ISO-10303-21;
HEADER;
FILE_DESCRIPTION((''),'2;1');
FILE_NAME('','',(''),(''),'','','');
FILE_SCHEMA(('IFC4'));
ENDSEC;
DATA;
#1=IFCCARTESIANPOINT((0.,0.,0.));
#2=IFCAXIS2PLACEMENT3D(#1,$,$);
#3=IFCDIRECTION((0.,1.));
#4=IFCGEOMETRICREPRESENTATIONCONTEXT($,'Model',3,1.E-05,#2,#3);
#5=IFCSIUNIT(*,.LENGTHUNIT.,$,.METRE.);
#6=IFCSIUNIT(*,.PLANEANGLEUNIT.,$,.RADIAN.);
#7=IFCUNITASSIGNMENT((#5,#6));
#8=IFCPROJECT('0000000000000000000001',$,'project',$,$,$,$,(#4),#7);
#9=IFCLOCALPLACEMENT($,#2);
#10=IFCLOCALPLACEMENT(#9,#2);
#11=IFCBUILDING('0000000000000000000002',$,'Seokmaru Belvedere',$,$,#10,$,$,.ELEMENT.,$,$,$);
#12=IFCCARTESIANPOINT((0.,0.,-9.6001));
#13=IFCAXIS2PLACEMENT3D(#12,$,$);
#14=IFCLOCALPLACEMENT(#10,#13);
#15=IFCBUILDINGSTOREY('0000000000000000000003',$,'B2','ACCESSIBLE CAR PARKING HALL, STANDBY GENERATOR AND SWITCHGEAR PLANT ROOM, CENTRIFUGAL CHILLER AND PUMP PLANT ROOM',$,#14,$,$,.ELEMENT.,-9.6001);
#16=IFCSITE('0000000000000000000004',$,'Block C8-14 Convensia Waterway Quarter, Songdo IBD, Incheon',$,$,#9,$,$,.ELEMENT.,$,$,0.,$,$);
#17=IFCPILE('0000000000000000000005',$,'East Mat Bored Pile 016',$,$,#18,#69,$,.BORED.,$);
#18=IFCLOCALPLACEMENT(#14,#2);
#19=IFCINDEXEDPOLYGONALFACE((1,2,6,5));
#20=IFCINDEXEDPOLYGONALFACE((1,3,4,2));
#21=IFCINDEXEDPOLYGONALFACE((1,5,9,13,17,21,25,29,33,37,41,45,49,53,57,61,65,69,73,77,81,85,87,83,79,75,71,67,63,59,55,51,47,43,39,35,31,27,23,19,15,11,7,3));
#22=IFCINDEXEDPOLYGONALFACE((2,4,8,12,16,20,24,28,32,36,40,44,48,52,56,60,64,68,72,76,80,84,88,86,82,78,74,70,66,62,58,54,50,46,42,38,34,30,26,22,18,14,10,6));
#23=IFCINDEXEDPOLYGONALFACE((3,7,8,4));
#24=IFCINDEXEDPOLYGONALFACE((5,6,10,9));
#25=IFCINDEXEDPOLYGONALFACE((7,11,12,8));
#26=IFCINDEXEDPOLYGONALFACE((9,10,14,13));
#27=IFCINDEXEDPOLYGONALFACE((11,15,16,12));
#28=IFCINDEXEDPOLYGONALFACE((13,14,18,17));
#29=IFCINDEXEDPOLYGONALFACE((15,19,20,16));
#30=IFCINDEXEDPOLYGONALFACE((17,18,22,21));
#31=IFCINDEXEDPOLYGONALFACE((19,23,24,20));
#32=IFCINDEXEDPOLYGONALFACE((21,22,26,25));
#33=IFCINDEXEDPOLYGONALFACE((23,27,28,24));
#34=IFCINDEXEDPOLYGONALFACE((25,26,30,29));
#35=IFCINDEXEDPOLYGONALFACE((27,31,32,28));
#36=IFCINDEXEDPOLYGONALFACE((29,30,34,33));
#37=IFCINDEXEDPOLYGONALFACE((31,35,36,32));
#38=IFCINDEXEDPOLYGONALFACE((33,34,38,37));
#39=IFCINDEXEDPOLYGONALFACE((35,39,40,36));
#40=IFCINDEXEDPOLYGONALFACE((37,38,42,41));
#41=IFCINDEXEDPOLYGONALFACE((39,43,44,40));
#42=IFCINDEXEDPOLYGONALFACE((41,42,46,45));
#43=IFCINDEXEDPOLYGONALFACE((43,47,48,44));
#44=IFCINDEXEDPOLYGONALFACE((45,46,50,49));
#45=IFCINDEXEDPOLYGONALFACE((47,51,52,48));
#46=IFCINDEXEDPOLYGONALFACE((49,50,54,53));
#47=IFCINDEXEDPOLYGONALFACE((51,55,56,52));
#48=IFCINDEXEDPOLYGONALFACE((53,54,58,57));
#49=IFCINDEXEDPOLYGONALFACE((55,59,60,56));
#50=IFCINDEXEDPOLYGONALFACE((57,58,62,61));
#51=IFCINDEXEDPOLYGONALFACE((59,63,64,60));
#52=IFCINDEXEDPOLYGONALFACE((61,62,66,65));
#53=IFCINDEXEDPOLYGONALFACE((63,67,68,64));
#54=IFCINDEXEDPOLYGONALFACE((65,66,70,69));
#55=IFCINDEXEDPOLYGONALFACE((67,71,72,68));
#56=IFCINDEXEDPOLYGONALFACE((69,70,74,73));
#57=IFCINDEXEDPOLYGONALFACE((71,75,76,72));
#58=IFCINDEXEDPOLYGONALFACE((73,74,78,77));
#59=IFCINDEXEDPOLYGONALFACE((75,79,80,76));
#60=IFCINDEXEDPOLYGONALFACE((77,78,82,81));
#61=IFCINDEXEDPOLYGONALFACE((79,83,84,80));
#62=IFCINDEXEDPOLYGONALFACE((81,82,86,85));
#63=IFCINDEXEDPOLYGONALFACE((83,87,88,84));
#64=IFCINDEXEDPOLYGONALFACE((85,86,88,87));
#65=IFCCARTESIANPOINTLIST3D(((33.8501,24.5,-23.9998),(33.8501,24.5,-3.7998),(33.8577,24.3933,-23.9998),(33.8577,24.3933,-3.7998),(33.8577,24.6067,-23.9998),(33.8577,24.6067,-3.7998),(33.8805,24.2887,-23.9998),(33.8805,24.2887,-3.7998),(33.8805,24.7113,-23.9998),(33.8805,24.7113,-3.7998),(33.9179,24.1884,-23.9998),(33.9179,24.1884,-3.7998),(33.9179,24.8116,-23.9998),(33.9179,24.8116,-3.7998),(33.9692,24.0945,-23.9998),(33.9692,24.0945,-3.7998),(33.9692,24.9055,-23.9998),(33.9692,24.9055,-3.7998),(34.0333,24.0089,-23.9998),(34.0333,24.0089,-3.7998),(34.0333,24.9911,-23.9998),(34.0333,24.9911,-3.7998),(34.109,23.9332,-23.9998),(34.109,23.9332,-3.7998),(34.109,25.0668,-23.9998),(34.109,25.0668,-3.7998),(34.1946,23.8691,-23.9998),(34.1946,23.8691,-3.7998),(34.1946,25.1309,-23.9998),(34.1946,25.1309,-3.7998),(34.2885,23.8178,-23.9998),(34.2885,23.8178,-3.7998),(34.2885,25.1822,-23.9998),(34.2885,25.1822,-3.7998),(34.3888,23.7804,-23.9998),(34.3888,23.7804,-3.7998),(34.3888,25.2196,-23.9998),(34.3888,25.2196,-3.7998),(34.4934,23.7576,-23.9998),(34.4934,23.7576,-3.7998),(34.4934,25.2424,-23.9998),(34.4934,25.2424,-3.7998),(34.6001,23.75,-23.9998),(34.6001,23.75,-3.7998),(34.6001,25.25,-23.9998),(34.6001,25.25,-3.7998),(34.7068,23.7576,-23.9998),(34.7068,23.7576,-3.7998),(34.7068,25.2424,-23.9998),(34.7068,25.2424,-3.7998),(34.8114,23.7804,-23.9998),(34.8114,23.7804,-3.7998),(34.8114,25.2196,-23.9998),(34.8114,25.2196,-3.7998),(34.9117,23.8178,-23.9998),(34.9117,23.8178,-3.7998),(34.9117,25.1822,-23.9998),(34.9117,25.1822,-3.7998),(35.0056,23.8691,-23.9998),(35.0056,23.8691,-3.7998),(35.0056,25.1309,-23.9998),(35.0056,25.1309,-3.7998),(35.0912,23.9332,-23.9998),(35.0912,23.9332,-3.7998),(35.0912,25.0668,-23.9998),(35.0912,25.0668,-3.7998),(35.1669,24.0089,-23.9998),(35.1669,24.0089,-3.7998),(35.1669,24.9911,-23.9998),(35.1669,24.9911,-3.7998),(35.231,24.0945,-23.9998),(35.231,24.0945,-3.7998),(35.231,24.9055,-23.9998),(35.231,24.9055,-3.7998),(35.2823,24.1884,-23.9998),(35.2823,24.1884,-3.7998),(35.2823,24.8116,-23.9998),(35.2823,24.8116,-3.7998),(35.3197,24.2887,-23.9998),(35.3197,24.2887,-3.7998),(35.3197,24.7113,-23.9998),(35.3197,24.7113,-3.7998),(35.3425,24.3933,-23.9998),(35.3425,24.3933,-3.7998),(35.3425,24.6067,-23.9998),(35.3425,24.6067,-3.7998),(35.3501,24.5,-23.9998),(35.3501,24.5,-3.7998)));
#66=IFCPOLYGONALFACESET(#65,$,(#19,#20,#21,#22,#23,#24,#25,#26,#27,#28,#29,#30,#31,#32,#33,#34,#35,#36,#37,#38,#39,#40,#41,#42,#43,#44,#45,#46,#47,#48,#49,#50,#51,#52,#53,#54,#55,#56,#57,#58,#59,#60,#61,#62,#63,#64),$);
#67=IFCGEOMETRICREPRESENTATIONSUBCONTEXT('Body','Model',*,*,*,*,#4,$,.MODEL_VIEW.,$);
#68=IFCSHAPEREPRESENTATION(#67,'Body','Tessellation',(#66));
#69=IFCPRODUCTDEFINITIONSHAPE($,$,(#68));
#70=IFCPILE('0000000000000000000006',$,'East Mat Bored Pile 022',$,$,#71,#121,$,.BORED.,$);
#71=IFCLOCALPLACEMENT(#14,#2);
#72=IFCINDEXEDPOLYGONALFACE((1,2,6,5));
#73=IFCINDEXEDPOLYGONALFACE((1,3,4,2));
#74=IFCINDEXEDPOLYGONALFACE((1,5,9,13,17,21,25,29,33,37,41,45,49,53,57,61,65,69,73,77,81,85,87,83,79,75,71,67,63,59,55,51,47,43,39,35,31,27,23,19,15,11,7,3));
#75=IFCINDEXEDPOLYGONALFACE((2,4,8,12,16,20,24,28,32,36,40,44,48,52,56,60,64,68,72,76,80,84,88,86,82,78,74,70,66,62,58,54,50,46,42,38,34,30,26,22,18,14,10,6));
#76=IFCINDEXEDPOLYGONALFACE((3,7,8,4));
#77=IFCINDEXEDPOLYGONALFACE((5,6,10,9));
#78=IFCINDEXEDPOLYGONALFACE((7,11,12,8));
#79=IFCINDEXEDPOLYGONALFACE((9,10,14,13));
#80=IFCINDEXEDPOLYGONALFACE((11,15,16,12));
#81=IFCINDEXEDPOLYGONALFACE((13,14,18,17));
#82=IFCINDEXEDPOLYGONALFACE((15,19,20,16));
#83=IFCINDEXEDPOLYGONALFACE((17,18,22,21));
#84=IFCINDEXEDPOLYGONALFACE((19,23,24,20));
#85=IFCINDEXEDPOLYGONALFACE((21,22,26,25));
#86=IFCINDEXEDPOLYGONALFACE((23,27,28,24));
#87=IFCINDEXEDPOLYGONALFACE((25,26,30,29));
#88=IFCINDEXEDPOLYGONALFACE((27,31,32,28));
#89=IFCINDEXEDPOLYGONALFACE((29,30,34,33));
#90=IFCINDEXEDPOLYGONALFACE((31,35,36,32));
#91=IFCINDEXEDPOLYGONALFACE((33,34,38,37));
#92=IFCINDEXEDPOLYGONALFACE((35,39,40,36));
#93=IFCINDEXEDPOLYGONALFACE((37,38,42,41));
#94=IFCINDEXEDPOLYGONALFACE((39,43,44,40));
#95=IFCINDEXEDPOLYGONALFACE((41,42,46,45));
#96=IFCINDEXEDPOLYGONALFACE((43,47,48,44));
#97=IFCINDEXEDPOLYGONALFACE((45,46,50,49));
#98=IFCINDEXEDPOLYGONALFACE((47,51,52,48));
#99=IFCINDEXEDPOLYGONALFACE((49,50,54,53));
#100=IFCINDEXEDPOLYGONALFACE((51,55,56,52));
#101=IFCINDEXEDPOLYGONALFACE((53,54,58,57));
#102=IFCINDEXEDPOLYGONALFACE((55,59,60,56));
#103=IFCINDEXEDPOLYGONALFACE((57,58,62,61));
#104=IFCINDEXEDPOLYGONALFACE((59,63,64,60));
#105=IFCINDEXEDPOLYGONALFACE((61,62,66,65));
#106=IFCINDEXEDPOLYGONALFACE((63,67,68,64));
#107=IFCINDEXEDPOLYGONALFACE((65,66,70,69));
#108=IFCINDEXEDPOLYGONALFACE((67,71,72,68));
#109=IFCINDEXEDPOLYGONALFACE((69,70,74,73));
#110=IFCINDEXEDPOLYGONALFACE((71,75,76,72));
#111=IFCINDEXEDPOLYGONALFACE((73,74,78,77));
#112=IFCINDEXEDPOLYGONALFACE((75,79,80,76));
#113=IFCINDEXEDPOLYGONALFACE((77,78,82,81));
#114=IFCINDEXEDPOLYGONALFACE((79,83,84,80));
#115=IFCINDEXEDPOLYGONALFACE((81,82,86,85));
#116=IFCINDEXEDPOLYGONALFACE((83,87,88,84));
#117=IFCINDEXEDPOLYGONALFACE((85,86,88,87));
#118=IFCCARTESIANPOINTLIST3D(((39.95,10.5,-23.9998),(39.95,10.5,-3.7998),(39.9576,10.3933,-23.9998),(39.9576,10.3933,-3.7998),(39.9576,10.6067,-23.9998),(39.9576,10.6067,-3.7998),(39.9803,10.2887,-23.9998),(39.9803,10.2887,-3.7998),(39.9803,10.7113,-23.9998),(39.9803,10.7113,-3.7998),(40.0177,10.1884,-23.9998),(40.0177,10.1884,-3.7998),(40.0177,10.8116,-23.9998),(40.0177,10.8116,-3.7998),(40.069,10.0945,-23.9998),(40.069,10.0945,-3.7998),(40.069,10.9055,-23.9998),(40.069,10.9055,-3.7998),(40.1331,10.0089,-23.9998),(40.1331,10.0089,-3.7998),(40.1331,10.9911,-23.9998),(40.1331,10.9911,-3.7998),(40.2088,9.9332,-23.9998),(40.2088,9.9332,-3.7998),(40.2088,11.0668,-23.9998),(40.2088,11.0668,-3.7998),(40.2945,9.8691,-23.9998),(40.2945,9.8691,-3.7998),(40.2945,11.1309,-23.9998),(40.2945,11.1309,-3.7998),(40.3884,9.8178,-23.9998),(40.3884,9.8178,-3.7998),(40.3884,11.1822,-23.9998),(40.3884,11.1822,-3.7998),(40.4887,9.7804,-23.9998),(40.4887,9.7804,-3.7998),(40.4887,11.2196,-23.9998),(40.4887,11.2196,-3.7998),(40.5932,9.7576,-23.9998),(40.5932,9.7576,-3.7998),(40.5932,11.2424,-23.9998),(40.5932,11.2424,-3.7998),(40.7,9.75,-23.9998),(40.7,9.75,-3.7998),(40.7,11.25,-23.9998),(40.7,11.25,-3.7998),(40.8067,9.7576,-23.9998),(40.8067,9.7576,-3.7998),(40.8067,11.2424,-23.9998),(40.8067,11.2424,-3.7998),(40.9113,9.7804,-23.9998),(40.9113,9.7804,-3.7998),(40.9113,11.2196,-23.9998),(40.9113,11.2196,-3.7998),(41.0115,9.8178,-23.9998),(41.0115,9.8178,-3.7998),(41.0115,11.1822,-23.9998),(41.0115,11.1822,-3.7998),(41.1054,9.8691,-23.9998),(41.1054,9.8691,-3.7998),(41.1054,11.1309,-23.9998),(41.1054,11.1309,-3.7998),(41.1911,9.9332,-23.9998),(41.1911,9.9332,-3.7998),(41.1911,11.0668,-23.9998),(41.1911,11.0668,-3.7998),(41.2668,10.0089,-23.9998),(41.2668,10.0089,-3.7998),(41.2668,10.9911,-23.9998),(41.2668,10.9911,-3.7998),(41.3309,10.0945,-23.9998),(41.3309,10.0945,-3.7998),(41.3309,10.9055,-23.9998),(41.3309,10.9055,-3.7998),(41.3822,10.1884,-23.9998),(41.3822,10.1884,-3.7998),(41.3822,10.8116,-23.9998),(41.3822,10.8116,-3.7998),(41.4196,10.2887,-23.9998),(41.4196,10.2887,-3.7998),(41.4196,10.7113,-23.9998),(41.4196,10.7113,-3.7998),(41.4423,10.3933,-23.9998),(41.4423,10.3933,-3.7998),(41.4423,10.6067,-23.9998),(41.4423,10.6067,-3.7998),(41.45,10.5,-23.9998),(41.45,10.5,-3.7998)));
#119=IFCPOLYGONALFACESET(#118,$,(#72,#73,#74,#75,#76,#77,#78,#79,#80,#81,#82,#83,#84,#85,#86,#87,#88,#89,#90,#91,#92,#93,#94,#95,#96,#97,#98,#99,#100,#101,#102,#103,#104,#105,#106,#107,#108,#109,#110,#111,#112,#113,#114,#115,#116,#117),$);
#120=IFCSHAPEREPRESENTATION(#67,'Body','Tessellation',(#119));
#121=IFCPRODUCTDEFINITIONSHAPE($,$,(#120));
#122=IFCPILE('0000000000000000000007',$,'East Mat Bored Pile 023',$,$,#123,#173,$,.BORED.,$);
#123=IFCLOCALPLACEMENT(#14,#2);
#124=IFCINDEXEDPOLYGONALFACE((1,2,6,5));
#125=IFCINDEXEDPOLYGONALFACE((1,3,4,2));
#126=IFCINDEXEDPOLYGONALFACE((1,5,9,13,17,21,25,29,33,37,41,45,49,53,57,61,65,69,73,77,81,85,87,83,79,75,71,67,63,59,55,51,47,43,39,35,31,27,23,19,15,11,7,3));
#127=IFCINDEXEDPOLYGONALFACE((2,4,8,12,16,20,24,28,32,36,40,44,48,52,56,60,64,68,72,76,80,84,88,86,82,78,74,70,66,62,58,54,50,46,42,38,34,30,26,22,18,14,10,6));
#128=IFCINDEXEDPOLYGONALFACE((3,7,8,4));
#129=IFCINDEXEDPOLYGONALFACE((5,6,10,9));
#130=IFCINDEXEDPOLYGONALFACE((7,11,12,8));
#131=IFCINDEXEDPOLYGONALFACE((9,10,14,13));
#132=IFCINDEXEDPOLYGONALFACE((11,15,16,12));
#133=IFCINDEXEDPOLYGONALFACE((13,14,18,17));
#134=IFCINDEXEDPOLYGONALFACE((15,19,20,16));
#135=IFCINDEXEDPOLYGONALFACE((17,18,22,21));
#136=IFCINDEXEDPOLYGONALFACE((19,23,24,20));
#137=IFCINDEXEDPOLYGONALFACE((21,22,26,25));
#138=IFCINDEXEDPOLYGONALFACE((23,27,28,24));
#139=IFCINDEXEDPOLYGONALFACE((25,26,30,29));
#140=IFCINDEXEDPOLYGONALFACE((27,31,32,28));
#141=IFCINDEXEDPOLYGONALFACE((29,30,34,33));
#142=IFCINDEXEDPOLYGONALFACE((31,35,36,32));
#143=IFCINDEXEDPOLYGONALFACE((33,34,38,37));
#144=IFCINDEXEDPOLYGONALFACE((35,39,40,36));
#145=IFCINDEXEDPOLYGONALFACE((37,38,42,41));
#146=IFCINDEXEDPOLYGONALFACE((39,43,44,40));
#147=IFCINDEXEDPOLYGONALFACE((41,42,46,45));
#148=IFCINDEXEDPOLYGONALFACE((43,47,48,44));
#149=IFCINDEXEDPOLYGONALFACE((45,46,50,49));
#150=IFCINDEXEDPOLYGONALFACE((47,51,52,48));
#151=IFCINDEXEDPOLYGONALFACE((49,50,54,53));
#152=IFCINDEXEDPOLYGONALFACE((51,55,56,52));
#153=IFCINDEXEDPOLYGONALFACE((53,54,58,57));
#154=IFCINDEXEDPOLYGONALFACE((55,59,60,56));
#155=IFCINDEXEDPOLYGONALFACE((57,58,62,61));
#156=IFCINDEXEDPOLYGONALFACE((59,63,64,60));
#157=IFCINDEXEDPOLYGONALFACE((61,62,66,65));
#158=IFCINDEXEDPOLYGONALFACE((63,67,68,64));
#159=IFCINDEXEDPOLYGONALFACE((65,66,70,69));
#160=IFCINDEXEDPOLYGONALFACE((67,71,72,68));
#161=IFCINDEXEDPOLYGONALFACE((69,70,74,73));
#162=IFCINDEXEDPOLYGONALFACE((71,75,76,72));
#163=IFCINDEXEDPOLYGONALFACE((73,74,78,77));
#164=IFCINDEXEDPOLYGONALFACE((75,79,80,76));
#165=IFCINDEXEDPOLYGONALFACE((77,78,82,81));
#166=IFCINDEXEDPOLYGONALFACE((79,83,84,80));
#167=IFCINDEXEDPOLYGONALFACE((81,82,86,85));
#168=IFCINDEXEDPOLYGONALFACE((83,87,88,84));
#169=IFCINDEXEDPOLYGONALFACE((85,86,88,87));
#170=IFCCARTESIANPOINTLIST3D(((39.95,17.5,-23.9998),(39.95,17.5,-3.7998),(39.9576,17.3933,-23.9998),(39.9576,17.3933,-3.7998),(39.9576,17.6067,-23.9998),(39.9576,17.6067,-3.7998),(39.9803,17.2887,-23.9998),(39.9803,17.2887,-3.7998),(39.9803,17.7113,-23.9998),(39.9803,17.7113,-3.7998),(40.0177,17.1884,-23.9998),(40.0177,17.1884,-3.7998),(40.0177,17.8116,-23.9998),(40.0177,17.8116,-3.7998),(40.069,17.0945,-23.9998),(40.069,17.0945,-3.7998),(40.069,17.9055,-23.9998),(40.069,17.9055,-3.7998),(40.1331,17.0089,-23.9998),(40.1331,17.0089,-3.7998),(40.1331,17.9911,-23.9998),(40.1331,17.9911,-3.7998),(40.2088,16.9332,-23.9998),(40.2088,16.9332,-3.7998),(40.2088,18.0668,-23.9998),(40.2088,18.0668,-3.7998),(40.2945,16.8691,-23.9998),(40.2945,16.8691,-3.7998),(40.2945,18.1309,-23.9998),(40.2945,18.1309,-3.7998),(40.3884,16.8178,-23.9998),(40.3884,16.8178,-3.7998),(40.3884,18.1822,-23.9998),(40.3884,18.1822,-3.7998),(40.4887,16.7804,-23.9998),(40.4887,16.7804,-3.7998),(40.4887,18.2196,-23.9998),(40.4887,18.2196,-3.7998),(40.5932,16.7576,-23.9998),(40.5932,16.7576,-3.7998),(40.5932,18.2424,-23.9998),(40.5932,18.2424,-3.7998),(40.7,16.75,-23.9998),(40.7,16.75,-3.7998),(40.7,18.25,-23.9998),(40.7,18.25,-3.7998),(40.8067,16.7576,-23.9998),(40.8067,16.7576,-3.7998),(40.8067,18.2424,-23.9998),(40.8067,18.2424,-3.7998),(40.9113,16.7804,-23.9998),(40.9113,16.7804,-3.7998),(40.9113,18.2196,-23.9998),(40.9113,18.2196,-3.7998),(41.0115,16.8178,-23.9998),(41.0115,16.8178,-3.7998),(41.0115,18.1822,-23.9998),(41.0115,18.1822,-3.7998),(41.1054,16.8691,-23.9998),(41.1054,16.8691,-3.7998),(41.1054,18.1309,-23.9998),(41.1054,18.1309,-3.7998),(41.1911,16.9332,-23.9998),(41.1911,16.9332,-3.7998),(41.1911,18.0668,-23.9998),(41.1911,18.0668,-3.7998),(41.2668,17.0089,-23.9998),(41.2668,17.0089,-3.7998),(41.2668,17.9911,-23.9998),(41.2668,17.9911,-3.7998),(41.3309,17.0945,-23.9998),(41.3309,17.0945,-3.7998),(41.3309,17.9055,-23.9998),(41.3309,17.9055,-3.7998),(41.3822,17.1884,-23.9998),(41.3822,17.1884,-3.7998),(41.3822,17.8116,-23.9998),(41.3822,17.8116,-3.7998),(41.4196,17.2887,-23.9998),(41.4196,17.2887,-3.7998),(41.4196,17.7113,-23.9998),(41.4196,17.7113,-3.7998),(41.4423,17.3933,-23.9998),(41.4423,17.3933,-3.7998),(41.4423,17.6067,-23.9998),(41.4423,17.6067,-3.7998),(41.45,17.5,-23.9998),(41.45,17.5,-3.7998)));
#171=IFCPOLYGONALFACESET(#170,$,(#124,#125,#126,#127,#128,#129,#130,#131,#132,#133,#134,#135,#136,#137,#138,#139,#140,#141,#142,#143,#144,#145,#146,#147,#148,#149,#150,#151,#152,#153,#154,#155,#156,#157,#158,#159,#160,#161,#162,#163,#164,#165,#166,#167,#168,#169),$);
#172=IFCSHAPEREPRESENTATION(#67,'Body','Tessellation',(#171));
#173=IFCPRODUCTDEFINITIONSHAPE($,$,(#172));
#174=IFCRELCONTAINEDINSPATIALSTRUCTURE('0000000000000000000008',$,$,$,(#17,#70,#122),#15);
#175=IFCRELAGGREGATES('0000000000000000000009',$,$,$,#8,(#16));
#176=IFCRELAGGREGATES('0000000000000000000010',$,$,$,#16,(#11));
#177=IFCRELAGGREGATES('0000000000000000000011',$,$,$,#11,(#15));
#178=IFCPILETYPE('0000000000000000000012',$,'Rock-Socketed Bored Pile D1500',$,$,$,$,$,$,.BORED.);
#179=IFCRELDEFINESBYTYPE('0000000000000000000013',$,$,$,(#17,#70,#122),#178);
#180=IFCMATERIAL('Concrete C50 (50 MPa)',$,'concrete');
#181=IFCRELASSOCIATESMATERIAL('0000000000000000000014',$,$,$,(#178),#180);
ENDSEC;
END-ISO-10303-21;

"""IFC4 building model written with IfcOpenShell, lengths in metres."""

from ifc_helpers import new_model, si_unit, direction, frame, origin, origin_2d, place, context, subcontext, project, spatial, circle, extrude, source, transform, mapped, material, material_profile, profile_set, type_object, type_shapes, element, save


model = new_model("IFC4")

# Units and contexts
model_context = context("Model", 3, precision=1e-05, world=origin(), true_north=direction((0.0, 1.0)))
body_context = subcontext(model_context, "Body", "Model", "MODEL_VIEW")
ifc_project = project(units=[si_unit("LENGTHUNIT", "METRE"), si_unit("PLANEANGLEUNIT", "RADIAN")], contexts=[model_context])

# Site, building, storey
site_placement = place(None, origin())
site = spatial("IfcSite", under=ifc_project, at=site_placement, Name="Block C8-14 Convensia Waterway Quarter, Songdo IBD, Incheon", CompositionType="ELEMENT", RefElevation=0.0)
building_placement = place(site_placement, origin())
building = spatial("IfcBuilding", under=site, at=building_placement, Name="Seokmaru Belvedere", CompositionType="ELEMENT")
storey_placement = place(building_placement, frame((0.0, 0.0, -9.6001)))
storey = spatial("IfcBuildingStorey", under=building, at=storey_placement, Name="B2", Description="ACCESSIBLE CAR PARKING HALL, STANDBY GENERATOR AND SWITCHGEAR PLANT ROOM, CENTRIFUGAL CHILLER AND PUMP PLANT ROOM", CompositionType="ELEMENT", Elevation=-9.6001)

# Piles
ifc_material_1 = material(Name="Concrete C50 (50 MPa)", Category="concrete")
ifc_material_profile_1 = material_profile(ifc_material_1, circle(Radius=0.75, at=origin_2d()), Name="PILE-D1500")
ifc_profile_set_1 = profile_set([ifc_material_profile_1], Name="Concrete C50 (50 MPa)")
pile_type_1 = type_object("IfcPileType", Name="Rock-Socketed Bored Pile D1500", PredefinedType="BORED", material=ifc_profile_set_1)
shared_shape_1 = source(origin(), body_context, "Body", "SweptSolid", [
    extrude(circle(Radius=0.75, at=origin_2d()), origin(), (0.0, 0.0, 1.0), 20.2),
])
type_shapes(pile_type_1, [shared_shape_1])
for number, where, z_axis, x_axis, name in (
    (1, (34.6001, 24.5, -3.7998), (0.0, 0.0, -1.0), (1.0, 0.0, 0.0), "East Mat Bored Pile 016"),
    (2, (40.7, 10.5, -3.7998), (0.0, 0.0, -1.0), (1.0, 0.0, 0.0), "East Mat Bored Pile 022"),
    (3, (40.7, 17.5, -3.7998), (0.0, 0.0, -1.0), (1.0, 0.0, 0.0), "East Mat Bored Pile 023"),
):
    element("IfcPile", number, at=place(storey_placement, frame(where, z_axis=z_axis, x_axis=x_axis)), inside=storey, type_object=pile_type_1, Name=name, PredefinedType="BORED", context=body_context, shape_type="MappedRepresentation", body=[
        mapped(shared_shape_1, transform((0.0, 0.0, 0.0), scale=1.0)),
    ])

save(model, "model.ifc")
